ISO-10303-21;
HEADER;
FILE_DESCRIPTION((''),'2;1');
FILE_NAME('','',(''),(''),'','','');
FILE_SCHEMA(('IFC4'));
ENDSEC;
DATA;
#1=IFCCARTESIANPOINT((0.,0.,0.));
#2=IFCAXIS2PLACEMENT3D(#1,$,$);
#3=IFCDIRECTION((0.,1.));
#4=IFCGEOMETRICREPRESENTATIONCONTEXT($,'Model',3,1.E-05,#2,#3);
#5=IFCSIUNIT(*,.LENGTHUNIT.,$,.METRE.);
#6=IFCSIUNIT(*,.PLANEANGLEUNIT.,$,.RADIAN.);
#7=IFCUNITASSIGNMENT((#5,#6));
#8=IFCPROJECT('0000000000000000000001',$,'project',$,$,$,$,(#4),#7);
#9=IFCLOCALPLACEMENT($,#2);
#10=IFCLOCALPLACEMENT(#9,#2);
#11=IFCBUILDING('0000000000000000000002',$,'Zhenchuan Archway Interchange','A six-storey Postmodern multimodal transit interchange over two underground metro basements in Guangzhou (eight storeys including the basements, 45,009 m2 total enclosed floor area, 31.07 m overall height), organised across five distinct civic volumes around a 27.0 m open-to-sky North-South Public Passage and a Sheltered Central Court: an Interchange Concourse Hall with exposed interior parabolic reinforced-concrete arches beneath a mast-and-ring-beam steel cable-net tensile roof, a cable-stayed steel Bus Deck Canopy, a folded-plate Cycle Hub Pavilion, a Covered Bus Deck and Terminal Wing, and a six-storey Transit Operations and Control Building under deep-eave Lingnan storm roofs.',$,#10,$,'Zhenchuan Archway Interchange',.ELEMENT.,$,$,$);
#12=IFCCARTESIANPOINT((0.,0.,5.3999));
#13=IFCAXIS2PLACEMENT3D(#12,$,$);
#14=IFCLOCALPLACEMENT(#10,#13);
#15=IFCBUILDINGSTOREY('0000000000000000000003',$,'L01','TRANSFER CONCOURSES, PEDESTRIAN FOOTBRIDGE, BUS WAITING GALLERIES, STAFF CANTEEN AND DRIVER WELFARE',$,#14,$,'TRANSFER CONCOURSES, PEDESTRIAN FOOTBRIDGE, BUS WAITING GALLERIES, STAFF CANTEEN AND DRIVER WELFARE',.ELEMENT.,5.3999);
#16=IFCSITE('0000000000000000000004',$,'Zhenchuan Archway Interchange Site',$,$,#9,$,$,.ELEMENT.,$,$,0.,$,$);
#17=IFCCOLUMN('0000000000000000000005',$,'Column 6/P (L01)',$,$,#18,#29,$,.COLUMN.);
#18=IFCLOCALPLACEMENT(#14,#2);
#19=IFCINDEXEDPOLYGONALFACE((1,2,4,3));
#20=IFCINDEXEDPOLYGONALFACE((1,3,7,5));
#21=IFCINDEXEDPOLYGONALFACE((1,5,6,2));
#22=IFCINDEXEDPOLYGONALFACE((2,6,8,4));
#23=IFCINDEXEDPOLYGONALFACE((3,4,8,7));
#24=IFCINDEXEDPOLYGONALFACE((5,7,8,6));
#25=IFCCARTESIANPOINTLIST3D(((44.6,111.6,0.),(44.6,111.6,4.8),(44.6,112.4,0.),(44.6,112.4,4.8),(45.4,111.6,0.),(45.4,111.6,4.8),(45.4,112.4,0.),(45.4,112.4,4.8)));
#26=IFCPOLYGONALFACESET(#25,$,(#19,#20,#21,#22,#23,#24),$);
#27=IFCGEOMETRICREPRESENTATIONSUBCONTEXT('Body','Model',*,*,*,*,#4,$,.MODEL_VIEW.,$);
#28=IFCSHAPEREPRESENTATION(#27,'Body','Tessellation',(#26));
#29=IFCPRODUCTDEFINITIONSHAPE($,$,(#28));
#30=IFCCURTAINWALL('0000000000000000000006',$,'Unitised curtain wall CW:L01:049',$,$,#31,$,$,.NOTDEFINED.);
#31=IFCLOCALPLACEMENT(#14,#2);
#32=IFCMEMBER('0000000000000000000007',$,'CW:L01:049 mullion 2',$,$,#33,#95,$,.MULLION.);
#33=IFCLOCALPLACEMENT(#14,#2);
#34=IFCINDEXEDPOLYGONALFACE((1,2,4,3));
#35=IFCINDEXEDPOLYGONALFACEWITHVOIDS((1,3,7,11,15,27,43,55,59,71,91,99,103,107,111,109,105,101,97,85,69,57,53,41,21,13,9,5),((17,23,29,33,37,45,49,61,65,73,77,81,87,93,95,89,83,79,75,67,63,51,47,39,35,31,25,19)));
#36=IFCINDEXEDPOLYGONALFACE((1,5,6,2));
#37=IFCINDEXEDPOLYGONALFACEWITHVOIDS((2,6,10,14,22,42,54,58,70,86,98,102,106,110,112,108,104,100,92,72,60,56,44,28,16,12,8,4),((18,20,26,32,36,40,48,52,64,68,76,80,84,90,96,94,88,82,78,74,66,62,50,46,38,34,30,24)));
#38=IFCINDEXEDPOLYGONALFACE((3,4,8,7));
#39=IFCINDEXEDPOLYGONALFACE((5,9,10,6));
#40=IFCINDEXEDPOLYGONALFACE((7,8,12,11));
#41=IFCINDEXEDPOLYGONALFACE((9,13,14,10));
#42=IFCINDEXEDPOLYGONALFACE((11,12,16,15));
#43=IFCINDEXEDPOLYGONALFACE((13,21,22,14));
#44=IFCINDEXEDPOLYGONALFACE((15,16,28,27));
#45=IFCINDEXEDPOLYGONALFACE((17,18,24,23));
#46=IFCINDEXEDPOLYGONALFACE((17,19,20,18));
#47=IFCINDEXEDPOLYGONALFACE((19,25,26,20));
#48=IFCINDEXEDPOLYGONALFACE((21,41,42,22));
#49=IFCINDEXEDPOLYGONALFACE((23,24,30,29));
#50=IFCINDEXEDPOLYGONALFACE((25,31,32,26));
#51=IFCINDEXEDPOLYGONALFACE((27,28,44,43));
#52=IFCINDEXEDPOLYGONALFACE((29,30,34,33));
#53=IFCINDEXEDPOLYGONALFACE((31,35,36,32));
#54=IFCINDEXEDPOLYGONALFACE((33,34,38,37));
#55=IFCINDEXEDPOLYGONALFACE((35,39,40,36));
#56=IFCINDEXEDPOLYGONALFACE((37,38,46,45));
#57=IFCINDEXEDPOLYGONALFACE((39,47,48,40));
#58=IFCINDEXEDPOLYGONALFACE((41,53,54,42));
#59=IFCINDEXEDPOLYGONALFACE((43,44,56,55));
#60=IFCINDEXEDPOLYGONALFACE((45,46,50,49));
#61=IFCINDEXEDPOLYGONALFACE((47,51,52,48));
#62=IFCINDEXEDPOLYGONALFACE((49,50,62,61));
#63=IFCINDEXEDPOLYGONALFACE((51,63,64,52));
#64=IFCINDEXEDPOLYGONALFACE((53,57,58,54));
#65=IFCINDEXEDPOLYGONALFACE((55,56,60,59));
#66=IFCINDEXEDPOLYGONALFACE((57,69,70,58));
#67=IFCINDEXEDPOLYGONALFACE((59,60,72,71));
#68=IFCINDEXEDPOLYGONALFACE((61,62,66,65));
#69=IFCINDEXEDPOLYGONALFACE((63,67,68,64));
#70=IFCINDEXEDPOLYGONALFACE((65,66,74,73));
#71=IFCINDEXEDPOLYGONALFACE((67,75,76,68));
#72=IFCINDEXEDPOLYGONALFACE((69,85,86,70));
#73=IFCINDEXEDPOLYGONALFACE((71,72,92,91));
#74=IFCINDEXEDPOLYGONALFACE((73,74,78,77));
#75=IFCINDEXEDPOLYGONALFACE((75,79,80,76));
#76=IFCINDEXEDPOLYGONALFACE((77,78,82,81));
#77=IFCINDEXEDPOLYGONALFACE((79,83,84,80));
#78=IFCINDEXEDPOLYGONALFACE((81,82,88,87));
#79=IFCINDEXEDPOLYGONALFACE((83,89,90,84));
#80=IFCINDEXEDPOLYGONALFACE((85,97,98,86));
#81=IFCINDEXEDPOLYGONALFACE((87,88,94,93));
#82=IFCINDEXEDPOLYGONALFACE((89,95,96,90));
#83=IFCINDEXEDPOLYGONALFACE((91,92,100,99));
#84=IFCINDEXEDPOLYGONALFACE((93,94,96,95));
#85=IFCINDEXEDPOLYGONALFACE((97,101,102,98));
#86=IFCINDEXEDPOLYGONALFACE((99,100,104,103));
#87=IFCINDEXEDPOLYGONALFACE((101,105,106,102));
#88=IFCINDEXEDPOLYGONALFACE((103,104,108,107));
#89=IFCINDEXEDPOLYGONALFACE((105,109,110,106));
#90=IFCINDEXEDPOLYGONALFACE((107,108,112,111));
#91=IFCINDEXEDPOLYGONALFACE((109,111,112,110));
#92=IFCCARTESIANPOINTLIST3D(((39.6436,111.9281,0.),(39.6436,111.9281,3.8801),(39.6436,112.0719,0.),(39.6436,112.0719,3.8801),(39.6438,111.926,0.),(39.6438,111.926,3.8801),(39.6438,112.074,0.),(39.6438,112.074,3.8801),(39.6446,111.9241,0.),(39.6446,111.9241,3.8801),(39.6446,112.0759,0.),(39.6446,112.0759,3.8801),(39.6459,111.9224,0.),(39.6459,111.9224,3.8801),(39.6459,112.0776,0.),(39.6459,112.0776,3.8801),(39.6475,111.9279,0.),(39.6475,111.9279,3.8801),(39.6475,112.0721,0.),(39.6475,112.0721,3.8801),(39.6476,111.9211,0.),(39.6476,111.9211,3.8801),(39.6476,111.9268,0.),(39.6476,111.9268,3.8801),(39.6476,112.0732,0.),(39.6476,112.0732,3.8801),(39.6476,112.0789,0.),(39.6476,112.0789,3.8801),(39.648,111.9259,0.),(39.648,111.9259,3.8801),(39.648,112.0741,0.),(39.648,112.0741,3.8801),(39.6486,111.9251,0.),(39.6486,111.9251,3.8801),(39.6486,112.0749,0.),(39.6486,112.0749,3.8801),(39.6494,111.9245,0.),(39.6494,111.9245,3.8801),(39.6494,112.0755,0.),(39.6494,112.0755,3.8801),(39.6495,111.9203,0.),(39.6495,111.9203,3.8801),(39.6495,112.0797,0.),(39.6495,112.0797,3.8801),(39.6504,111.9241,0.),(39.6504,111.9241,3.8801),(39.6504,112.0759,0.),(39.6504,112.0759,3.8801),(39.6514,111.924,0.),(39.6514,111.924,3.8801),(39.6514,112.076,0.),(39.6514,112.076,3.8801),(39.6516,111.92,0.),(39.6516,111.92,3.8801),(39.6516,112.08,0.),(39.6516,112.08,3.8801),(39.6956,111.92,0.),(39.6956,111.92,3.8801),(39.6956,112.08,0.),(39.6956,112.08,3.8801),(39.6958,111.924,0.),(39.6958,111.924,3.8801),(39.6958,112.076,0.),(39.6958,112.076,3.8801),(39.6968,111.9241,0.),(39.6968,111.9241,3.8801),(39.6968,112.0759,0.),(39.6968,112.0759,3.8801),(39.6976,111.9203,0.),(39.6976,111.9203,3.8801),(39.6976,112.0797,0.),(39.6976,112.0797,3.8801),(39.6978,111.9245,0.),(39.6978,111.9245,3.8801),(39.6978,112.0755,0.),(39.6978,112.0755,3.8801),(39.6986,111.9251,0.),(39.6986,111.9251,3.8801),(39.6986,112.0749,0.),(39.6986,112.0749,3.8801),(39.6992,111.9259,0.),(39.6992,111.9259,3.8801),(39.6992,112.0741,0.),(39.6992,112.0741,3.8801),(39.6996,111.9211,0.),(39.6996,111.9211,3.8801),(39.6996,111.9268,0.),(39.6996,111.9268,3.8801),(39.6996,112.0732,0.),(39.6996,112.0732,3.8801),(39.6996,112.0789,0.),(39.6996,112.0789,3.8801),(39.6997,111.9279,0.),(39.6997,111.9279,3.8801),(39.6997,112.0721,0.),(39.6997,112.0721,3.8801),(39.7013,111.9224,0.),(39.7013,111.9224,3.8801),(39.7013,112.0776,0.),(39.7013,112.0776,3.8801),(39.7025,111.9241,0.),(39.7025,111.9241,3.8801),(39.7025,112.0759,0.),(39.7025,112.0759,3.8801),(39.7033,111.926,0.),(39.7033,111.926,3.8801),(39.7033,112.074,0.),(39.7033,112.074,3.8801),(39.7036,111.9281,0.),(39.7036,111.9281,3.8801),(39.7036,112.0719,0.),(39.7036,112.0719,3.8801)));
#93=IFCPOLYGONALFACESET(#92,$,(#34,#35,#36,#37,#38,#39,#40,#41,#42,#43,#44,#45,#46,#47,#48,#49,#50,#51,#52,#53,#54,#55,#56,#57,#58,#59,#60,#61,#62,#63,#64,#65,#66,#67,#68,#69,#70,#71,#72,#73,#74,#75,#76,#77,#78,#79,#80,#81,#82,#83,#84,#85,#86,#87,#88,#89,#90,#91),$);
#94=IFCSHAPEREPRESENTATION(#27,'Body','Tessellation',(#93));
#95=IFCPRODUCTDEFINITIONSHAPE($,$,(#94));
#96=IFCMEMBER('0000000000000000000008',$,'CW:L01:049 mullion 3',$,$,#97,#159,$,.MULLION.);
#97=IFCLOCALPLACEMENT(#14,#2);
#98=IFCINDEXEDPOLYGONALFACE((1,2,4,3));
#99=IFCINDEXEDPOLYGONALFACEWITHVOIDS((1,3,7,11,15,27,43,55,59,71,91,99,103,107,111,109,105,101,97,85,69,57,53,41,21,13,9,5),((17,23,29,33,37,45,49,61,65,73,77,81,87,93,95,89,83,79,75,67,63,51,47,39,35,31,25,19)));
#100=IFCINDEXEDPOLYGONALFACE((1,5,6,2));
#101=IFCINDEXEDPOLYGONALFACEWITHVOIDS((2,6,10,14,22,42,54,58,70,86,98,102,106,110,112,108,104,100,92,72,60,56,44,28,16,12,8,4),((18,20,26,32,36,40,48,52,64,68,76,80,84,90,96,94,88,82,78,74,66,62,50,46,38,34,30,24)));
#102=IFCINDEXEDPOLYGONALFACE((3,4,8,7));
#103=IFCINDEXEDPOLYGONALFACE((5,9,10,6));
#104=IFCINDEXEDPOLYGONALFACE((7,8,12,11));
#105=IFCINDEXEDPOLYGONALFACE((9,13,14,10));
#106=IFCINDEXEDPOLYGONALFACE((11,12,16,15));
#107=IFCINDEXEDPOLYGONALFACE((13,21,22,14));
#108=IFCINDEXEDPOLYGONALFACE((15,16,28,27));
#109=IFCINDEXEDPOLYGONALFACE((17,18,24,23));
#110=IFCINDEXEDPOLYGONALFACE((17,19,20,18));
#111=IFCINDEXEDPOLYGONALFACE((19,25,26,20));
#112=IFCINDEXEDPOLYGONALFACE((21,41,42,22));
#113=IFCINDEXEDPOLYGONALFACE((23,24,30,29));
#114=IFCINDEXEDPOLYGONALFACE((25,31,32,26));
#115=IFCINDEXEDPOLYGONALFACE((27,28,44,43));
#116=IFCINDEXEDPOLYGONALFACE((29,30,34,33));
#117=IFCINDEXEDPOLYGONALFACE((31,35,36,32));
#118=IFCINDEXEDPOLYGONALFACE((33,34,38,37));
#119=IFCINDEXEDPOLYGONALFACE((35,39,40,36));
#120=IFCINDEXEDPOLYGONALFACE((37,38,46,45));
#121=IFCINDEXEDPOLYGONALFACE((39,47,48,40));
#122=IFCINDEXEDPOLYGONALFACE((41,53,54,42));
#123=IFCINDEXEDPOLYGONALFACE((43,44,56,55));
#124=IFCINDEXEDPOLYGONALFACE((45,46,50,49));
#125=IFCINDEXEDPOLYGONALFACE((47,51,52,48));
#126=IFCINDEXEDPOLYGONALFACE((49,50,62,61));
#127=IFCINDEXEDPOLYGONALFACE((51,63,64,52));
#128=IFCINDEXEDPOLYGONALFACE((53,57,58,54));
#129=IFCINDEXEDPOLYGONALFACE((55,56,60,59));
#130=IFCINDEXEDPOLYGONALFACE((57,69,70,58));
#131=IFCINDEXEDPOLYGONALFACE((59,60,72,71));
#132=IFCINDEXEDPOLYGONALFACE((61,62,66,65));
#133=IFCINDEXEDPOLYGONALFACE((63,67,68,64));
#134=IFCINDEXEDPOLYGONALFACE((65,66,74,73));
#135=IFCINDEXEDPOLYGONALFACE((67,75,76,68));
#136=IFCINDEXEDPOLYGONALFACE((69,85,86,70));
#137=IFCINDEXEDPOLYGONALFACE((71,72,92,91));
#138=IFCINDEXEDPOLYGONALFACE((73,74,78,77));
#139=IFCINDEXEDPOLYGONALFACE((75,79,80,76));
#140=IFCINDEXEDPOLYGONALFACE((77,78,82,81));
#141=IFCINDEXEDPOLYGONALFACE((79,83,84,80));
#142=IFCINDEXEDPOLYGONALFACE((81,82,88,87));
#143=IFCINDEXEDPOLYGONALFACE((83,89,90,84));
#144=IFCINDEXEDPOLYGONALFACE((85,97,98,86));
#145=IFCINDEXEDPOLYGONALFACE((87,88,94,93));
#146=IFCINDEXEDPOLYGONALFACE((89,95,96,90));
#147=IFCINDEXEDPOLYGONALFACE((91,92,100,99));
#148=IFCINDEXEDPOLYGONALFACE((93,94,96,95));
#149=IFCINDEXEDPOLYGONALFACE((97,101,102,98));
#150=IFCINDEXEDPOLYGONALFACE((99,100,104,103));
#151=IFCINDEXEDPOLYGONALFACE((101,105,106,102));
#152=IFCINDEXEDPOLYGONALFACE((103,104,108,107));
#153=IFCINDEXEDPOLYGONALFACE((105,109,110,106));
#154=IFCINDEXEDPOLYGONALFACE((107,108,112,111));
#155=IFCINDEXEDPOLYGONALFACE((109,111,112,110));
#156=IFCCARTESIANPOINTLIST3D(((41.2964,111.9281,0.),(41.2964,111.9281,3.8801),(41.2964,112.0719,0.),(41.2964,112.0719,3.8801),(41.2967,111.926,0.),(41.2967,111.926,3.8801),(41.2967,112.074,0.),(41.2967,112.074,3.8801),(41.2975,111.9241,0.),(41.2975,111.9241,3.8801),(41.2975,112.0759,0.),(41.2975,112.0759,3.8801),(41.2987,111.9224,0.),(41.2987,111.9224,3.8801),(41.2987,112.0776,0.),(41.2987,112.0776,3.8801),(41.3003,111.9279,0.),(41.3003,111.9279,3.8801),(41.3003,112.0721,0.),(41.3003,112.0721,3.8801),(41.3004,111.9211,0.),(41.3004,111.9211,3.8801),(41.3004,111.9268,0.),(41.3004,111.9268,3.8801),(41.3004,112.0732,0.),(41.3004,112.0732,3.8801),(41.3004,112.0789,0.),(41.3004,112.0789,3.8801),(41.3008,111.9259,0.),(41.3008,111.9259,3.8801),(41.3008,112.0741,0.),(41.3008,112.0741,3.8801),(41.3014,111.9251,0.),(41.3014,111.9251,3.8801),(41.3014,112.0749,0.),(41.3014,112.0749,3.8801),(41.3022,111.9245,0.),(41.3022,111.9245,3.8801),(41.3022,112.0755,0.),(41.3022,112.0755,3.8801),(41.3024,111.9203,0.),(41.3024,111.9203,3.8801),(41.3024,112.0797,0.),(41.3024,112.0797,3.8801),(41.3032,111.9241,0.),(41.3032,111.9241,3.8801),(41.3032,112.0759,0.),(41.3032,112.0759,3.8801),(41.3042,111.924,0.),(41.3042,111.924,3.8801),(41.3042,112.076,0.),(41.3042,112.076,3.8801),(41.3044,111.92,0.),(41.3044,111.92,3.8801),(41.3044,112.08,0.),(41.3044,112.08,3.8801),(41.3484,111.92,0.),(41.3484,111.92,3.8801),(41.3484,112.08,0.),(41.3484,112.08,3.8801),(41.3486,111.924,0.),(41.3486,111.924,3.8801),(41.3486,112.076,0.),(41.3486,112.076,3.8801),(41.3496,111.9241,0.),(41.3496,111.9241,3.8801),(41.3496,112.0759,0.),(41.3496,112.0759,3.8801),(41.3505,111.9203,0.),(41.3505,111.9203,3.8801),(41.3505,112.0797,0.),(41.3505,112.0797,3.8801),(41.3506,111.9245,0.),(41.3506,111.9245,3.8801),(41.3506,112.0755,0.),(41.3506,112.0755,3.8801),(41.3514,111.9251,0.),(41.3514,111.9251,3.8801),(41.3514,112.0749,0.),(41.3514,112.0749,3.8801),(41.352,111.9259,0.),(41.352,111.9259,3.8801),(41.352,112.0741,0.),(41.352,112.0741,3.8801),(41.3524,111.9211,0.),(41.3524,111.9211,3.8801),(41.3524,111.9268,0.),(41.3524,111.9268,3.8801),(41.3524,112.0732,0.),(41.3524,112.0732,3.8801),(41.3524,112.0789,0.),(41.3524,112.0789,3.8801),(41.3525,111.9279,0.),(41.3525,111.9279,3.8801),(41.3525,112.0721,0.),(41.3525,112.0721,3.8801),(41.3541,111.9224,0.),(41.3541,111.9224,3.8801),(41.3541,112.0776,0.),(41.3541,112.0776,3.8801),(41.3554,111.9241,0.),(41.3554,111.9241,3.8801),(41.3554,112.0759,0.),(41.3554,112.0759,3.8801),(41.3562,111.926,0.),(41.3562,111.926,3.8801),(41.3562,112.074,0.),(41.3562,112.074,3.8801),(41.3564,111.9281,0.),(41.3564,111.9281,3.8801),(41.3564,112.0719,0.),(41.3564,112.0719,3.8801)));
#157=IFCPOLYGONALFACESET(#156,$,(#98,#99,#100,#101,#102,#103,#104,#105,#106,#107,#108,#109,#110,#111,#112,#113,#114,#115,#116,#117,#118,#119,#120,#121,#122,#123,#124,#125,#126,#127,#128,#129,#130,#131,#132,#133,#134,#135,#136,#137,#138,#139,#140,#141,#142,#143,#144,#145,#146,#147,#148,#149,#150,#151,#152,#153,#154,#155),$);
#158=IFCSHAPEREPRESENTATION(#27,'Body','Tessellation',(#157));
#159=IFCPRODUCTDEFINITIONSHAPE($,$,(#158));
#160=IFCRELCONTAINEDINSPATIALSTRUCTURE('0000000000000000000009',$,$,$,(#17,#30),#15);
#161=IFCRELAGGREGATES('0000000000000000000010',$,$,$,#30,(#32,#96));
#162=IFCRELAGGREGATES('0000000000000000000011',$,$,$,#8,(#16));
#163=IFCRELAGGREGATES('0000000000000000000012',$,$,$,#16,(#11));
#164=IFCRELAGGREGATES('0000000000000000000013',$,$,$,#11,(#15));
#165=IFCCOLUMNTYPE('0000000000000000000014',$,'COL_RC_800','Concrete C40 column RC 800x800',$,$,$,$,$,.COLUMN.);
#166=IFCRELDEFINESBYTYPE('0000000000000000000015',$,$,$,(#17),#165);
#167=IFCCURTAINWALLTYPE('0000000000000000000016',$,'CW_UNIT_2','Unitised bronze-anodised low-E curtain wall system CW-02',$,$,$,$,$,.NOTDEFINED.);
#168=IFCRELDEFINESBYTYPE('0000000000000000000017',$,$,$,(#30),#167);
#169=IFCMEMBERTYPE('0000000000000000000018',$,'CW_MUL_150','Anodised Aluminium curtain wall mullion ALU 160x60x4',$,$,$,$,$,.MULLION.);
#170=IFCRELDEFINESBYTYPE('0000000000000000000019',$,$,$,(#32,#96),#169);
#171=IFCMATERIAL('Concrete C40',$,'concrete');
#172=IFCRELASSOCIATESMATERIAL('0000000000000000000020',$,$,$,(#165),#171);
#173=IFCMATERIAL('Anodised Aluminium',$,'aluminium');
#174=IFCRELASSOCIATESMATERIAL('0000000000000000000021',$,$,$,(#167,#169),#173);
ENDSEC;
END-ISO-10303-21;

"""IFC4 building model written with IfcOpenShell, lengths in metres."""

from ifc_helpers import new_model, si_unit, direction, frame, origin, origin_2d, place, context, subcontext, project, spatial, rectangle, hollow_rectangle, extrude, material, material_profile, profile_set, type_object, element, aggregate, save


model = new_model("IFC4")

# Units and contexts
model_context = context("Model", 3, precision=1e-05, world=origin(), true_north=direction((0.0, 1.0)))
body_context = subcontext(model_context, "Body", "Model", "MODEL_VIEW")
ifc_project = project(units=[si_unit("LENGTHUNIT", "METRE"), si_unit("PLANEANGLEUNIT", "RADIAN")], contexts=[model_context])

# Site, building, storey
site_placement = place(None, origin())
site = spatial("IfcSite", under=ifc_project, at=site_placement, Name="Zhenchuan Archway Interchange Site", CompositionType="ELEMENT", RefElevation=0.0)
building_placement = place(site_placement, origin())
building = spatial("IfcBuilding", under=site, at=building_placement, Name="Zhenchuan Archway Interchange", Description="A six-storey Postmodern multimodal transit interchange over two underground metro basements in Guangzhou (eight storeys including the basements, 45,009 m2 total enclosed floor area, 31.07 m overall height), organised across five distinct civic volumes around a 27.0 m open-to-sky North-South Public Passage and a Sheltered Central Court: an Interchange Concourse Hall with exposed interior parabolic reinforced-concrete arches beneath a mast-and-ring-beam steel cable-net tensile roof, a cable-stayed steel Bus Deck Canopy, a folded-plate Cycle Hub Pavilion, a Covered Bus Deck and Terminal Wing, and a six-storey Transit Operations and Control Building under deep-eave Lingnan storm roofs.", LongName="Zhenchuan Archway Interchange", CompositionType="ELEMENT")
storey_placement = place(building_placement, frame((0.0, 0.0, 5.3999)))
storey = spatial("IfcBuildingStorey", under=building, at=storey_placement, Name="L01", Description="TRANSFER CONCOURSES, PEDESTRIAN FOOTBRIDGE, BUS WAITING GALLERIES, STAFF CANTEEN AND DRIVER WELFARE", LongName="TRANSFER CONCOURSES, PEDESTRIAN FOOTBRIDGE, BUS WAITING GALLERIES, STAFF CANTEEN AND DRIVER WELFARE", CompositionType="ELEMENT", Elevation=5.3999)

# Column
ifc_material_1 = material(Name="Concrete C40", Category="concrete")
ifc_material_profile_1 = material_profile(ifc_material_1, rectangle(XDim=0.8, YDim=0.8, at=origin_2d()), Name="RC 800x800")
ifc_profile_set_1 = profile_set([ifc_material_profile_1], Name="Concrete C40")
column_type = type_object("IfcColumnType", Name="COL_RC_800", Description="Concrete C40 column RC 800x800", PredefinedType="COLUMN", material=ifc_profile_set_1)
column_placement = place(storey_placement, frame((45.0, 112.0, 0.0), z_axis=(0.0, 0.0, 1.0), x_axis=(1.0, 0.0, 0.0)))
element("IfcColumn", 1, at=column_placement, inside=storey, type_object=column_type, Name="Column 6/P (L01)", PredefinedType="COLUMN", context=body_context, shape_type="SweptSolid", body=[
    extrude(rectangle(XDim=0.8, YDim=0.8, at=origin_2d()), origin(), (0.0, 0.0, 1.0), 4.8),
])

# Curtain wall, members
ifc_material_2 = material(Name="Anodised Aluminium", Category="aluminium")
curtain_wall_type_1 = type_object("IfcCurtainWallType", Name="CW_UNIT_2", Description="Unitised bronze-anodised low-E curtain wall system CW-02", PredefinedType="NOTDEFINED", material=ifc_material_2)
curtain_wall_1_placement = place(storey_placement, origin())
curtain_wall_1 = element("IfcCurtainWall", 2, at=curtain_wall_1_placement, inside=storey, type_object=curtain_wall_type_1, Name="Unitised curtain wall CW:L01:049", PredefinedType="NOTDEFINED")
ifc_material_profile_2 = material_profile(ifc_material_2, hollow_rectangle(XDim=0.0601, YDim=0.1599, WallThickness=0.0039, InnerFilletRadius=0.0039, OuterFilletRadius=0.0081, at=origin_2d()), Name="ALU 160x60x4")
ifc_profile_set_2 = profile_set([ifc_material_profile_2], Name="Anodised Aluminium")
member_type_1 = type_object("IfcMemberType", Name="CW_MUL_150", Description="Anodised Aluminium curtain wall mullion ALU 160x60x4", PredefinedType="MULLION", material=ifc_profile_set_2)
member_1_placement = place(storey_placement, frame((39.6736, 112.0, 0.0), z_axis=(0.0, 0.0, 1.0), x_axis=(1.0, 0.0, 0.0)))
member_1 = element("IfcMember", 3, at=member_1_placement, type_object=member_type_1, Name="CW:L01:049 mullion 2", PredefinedType="MULLION", context=body_context, shape_type="SweptSolid", body=[
    extrude(hollow_rectangle(XDim=0.0601, YDim=0.1599, WallThickness=0.0039, InnerFilletRadius=0.0039, OuterFilletRadius=0.0081, at=origin_2d()), origin(), (0.0, 0.0, 1.0), 3.8801),
])
member_2_placement = place(storey_placement, frame((41.3264, 112.0, 0.0), z_axis=(0.0, 0.0, 1.0), x_axis=(1.0, 0.0, 0.0)))
member_2 = element("IfcMember", 4, at=member_2_placement, type_object=member_type_1, Name="CW:L01:049 mullion 3", PredefinedType="MULLION", context=body_context, shape_type="SweptSolid", body=[
    extrude(hollow_rectangle(XDim=0.0601, YDim=0.1599, WallThickness=0.0039, InnerFilletRadius=0.0039, OuterFilletRadius=0.0081, at=origin_2d()), origin(), (0.0, 0.0, 1.0), 3.8801),
])

aggregate(curtain_wall_1, [member_1, member_2])

save(model, "model.ifc")
